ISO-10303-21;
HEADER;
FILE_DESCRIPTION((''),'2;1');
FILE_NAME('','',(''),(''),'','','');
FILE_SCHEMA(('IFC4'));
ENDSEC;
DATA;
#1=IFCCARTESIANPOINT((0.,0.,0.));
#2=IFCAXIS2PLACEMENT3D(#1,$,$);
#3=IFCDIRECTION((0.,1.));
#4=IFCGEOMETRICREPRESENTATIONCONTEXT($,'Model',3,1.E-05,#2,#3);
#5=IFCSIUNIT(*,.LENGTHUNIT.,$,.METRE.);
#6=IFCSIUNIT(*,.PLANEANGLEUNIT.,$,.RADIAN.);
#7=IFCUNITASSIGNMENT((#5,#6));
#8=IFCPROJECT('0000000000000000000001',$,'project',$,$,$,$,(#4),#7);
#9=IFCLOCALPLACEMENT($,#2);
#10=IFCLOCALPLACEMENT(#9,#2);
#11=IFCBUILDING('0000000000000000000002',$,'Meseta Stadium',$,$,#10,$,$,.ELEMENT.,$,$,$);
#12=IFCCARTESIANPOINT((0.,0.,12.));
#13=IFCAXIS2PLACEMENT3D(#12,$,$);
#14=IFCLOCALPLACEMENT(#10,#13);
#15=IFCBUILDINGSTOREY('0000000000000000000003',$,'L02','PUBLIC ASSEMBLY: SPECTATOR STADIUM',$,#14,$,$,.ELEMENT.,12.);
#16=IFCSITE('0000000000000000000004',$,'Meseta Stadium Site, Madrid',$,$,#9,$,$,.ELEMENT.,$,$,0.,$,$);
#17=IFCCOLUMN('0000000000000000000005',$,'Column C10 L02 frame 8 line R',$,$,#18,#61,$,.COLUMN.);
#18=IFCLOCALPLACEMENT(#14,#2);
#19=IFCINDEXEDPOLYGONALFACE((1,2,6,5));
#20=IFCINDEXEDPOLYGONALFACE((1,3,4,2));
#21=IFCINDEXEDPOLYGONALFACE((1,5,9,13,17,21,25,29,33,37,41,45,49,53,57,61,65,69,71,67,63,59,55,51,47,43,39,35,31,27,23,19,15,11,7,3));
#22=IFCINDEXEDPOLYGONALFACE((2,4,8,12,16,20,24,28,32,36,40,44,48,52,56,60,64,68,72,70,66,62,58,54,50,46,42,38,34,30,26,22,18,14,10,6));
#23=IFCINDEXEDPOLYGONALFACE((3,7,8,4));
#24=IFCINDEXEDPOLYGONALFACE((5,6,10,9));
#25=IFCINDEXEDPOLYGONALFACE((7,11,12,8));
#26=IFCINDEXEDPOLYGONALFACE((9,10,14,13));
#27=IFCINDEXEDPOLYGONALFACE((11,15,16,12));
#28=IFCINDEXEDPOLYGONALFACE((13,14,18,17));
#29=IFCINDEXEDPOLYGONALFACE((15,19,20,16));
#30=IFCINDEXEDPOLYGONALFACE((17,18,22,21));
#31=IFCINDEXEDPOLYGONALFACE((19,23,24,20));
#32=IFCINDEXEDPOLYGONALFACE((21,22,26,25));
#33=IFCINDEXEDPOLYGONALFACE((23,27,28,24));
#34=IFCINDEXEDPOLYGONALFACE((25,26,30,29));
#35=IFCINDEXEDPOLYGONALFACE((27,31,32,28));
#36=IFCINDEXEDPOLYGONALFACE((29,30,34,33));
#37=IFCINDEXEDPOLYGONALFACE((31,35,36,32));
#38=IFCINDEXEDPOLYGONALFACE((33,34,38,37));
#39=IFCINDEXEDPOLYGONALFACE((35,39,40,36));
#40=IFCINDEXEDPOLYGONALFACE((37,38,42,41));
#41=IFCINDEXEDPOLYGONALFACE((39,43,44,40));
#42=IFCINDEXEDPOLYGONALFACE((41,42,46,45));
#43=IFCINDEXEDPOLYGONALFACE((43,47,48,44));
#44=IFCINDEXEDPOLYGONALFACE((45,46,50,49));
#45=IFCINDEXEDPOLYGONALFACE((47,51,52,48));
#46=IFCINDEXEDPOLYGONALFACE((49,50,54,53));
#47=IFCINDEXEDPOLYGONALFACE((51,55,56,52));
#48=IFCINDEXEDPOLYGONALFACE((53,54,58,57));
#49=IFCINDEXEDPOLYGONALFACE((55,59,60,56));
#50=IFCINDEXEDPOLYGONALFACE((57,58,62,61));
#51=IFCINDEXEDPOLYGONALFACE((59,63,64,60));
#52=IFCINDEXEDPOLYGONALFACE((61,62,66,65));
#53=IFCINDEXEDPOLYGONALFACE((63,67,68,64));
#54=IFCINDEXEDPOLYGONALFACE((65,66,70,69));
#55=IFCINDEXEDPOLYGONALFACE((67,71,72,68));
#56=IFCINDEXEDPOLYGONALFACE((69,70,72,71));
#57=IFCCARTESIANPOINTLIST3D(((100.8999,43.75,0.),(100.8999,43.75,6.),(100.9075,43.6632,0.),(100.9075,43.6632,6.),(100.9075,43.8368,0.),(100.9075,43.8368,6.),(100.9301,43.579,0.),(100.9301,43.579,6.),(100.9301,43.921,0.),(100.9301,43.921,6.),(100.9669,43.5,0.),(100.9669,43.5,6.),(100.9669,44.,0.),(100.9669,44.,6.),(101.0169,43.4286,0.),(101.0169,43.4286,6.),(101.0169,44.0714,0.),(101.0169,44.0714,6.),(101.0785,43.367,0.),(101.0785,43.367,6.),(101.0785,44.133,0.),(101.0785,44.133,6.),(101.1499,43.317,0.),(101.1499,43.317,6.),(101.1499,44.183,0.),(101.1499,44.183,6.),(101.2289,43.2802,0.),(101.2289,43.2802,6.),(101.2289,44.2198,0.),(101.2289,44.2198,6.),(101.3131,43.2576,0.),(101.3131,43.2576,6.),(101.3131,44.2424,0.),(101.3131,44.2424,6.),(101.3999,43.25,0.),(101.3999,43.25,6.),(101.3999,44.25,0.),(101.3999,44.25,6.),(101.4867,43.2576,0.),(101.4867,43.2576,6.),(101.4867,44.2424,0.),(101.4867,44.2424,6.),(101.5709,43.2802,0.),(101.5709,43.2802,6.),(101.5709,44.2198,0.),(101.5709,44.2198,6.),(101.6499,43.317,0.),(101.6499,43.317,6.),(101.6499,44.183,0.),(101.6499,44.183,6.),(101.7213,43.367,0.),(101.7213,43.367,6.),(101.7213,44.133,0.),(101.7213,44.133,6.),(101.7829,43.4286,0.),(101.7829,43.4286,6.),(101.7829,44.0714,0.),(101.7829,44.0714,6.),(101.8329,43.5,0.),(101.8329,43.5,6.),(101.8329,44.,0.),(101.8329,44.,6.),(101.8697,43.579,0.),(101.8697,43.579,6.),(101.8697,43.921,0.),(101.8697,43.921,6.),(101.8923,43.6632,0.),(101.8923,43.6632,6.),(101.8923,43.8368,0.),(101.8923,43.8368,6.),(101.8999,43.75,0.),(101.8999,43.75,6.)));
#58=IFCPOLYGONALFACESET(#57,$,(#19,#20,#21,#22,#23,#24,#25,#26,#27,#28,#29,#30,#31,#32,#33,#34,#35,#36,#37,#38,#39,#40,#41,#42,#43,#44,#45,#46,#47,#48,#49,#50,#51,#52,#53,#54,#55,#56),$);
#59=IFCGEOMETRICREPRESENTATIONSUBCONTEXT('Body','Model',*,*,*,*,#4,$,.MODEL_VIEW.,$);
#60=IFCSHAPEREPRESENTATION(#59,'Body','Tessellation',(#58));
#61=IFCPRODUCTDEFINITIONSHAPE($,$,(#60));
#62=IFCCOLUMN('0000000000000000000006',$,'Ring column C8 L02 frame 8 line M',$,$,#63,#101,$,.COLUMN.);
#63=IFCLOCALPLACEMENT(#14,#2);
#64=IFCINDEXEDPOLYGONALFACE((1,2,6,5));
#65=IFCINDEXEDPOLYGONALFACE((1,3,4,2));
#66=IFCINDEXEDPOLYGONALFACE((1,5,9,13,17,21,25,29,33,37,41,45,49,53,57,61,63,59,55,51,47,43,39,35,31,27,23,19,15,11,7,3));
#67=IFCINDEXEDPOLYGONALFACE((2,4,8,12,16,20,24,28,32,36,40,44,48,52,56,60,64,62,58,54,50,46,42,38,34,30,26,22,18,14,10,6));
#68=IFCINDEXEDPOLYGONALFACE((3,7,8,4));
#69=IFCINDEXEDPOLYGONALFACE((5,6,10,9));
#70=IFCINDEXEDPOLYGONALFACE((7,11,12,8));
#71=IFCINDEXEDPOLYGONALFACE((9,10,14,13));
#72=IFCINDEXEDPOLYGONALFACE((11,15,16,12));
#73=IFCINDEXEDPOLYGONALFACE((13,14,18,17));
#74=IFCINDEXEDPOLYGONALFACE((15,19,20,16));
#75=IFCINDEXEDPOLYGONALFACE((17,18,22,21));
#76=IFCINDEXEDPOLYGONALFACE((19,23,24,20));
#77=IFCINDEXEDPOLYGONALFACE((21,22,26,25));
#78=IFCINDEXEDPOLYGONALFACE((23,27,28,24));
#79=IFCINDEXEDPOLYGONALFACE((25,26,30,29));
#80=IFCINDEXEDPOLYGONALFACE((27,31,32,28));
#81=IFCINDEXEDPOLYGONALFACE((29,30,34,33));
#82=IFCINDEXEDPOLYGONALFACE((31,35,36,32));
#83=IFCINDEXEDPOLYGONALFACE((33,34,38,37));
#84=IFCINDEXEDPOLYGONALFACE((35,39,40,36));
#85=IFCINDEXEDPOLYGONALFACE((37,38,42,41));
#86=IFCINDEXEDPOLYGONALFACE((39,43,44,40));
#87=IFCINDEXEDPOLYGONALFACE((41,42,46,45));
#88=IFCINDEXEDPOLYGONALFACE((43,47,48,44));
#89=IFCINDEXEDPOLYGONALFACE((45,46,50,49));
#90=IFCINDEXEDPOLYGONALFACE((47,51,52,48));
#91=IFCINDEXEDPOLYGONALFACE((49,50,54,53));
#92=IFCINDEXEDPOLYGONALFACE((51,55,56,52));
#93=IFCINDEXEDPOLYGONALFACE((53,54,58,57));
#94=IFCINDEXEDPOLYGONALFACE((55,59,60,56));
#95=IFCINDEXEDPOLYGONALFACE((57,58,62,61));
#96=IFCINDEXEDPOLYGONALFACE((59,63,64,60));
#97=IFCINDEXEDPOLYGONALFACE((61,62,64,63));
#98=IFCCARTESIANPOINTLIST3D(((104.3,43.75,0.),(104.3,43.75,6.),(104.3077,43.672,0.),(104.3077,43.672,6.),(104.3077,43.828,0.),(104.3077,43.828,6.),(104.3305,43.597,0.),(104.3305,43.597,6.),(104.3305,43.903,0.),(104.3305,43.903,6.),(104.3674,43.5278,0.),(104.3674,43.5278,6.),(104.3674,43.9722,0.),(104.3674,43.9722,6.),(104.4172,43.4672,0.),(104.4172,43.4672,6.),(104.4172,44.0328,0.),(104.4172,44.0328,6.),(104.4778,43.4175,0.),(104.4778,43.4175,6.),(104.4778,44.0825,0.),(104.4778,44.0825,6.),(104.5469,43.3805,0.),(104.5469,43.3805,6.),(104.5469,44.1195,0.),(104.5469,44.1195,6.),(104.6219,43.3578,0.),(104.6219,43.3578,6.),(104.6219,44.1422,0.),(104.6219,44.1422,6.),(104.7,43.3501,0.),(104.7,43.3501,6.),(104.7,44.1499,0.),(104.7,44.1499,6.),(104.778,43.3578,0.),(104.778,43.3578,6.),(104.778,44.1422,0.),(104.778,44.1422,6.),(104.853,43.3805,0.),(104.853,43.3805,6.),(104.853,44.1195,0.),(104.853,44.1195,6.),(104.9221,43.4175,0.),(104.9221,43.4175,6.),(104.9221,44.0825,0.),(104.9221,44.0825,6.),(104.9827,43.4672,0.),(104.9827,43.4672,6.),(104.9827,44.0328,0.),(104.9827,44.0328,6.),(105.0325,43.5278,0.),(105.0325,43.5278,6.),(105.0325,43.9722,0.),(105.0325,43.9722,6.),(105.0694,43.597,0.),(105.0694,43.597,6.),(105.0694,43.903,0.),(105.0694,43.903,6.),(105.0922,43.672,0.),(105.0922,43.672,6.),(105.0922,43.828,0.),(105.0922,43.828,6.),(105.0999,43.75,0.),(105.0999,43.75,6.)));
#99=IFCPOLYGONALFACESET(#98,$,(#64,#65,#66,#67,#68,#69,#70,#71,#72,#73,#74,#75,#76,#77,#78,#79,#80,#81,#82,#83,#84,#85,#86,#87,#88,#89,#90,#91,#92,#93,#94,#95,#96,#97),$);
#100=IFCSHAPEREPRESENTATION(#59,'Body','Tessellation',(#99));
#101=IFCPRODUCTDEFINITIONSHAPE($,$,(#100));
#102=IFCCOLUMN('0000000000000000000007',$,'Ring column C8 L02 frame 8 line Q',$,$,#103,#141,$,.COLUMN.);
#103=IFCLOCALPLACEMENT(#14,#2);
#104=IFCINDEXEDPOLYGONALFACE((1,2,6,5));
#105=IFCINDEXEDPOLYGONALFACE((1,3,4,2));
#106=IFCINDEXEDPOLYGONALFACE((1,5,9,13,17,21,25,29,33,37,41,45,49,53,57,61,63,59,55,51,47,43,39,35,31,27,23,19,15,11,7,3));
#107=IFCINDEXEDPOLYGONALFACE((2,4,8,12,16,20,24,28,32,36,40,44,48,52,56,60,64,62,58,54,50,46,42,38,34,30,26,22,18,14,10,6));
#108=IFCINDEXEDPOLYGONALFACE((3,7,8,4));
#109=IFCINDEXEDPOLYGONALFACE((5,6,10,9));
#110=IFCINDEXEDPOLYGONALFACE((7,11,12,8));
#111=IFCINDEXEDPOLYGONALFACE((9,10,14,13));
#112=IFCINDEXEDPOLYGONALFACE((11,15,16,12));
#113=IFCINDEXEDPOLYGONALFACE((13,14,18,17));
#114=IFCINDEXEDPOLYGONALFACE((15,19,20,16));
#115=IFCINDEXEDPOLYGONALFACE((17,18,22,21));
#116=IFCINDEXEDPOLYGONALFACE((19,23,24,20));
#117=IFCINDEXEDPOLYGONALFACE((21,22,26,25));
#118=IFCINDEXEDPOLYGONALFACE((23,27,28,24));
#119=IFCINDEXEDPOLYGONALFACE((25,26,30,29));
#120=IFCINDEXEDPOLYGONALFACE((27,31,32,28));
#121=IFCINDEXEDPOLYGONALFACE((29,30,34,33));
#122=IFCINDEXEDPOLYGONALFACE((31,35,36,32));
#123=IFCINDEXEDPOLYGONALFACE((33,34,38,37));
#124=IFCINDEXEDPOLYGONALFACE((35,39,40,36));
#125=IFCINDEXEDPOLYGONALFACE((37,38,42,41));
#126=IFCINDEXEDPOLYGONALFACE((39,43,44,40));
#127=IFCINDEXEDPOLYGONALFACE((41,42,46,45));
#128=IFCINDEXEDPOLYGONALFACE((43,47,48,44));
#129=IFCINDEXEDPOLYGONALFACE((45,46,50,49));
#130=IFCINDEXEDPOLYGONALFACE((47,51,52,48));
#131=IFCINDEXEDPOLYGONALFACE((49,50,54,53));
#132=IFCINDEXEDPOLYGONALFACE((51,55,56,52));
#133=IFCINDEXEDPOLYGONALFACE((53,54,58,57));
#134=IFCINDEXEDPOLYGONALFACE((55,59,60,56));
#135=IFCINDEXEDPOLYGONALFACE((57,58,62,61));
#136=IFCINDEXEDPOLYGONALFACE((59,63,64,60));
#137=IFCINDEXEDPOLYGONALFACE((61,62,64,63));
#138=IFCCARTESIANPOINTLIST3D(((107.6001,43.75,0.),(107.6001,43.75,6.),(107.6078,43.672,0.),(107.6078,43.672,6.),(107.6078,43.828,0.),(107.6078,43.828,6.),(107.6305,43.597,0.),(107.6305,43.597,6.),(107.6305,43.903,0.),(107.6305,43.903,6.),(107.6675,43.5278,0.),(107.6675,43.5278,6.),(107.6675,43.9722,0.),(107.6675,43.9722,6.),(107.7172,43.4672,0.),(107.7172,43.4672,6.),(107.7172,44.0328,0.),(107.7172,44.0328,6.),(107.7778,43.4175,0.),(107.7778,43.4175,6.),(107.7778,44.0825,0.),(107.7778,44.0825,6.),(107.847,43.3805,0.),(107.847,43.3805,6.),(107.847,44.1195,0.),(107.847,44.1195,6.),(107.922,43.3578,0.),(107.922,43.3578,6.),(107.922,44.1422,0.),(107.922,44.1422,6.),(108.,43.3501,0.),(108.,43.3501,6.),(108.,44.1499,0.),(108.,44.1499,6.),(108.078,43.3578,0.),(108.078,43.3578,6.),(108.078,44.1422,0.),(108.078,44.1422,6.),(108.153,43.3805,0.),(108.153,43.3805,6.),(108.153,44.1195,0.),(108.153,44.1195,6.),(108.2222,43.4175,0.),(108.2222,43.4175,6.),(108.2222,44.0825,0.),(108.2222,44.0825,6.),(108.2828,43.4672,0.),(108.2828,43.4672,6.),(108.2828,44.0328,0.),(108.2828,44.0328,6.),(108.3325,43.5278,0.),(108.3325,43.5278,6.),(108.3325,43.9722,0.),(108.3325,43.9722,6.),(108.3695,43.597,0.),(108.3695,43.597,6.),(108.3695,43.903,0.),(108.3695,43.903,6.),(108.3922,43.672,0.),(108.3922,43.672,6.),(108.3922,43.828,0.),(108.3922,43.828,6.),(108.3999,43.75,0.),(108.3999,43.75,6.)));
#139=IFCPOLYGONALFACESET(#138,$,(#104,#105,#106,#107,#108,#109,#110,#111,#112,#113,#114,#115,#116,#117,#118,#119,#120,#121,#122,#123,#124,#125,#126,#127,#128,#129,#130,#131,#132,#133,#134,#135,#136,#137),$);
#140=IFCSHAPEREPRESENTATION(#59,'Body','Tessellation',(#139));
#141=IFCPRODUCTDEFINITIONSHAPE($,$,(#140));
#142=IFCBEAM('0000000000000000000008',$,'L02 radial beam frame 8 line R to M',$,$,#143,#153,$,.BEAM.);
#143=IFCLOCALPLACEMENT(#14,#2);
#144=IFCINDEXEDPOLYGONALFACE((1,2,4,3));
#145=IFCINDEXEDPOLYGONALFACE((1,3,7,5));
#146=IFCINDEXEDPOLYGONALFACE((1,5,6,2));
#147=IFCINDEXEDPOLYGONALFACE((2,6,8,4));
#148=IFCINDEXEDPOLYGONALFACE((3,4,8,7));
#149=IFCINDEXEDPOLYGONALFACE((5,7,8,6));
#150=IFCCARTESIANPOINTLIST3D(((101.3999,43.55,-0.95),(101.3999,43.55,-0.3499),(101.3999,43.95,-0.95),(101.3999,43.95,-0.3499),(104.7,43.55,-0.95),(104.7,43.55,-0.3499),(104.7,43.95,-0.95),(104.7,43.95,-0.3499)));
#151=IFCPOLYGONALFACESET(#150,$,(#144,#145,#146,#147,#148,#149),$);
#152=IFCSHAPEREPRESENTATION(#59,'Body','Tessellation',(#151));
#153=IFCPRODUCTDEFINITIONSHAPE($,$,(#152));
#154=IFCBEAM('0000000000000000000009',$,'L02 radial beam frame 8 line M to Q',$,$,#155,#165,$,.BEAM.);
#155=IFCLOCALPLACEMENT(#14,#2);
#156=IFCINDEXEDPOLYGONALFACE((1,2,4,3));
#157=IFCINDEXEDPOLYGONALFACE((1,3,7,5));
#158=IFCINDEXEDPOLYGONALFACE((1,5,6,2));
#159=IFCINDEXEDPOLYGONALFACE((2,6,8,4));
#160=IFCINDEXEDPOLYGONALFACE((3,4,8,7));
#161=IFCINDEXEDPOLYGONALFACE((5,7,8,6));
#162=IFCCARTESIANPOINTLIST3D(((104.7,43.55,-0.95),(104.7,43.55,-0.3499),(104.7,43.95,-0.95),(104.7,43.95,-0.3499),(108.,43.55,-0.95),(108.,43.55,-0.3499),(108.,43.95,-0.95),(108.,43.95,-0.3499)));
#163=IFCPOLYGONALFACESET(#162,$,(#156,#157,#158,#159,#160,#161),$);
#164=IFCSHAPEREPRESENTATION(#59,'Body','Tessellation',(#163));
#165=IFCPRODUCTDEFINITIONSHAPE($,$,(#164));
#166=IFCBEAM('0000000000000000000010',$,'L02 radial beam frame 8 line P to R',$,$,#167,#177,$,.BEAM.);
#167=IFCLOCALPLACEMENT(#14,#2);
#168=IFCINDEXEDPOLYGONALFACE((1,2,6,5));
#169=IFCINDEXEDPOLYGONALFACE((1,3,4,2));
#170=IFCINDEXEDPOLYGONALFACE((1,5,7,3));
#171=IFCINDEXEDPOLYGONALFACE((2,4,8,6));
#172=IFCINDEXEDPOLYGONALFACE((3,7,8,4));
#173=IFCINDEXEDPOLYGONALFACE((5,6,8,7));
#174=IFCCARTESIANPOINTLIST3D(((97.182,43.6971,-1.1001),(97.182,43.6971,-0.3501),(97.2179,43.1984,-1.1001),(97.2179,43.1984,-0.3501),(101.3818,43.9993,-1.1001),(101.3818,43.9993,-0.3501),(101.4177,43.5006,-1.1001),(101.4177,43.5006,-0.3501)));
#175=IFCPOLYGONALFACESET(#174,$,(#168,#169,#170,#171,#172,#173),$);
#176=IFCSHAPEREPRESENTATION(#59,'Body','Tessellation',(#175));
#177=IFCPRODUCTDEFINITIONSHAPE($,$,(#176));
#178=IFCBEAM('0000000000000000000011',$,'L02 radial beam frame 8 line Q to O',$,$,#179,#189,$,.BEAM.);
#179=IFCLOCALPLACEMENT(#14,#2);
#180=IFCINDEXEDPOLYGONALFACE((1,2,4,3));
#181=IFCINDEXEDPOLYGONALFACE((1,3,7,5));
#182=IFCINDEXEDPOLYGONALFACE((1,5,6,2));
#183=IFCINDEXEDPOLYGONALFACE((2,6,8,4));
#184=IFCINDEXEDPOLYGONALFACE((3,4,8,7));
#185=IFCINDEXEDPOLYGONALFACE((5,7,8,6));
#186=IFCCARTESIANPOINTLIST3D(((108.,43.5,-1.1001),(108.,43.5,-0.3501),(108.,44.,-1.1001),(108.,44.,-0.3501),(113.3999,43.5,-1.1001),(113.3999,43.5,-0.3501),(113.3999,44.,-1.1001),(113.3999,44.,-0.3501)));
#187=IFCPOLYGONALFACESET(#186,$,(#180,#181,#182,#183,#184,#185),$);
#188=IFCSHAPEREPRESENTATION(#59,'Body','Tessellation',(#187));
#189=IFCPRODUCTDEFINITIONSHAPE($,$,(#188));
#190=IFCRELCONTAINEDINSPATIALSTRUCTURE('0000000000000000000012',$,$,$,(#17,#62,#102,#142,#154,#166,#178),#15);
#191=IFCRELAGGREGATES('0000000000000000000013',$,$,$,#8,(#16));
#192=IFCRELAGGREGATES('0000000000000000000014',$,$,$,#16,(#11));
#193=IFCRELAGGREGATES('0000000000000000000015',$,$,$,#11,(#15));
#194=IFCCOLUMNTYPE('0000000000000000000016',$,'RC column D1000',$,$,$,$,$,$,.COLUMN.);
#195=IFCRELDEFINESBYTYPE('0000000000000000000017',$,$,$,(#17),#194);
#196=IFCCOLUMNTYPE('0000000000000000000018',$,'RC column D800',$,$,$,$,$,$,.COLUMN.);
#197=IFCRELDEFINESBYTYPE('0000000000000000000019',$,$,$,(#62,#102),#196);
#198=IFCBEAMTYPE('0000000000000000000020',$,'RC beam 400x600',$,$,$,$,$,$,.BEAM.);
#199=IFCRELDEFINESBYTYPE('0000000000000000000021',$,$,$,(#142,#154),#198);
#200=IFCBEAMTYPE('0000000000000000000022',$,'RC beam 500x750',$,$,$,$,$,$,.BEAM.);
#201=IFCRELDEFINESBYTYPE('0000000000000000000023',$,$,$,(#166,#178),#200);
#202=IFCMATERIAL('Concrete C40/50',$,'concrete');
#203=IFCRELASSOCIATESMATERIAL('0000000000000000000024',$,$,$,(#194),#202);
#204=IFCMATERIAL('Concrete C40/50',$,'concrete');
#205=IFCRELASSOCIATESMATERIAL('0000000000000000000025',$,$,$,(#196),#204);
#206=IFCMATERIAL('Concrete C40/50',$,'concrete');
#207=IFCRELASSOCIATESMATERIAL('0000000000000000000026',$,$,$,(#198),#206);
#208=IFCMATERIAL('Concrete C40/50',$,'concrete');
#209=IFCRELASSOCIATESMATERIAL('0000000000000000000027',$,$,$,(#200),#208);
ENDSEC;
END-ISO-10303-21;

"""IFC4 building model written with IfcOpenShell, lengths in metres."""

from ifc_helpers import new_model, si_unit, direction, frame, origin, origin_2d, place, context, subcontext, project, spatial, rectangle, circle, extrude, material, material_profile, profile_set, type_object, element, save


model = new_model("IFC4")

# Units and contexts
model_context = context("Model", 3, precision=1e-05, world=origin(), true_north=direction((0.0, 1.0)))
body_context = subcontext(model_context, "Body", "Model", "MODEL_VIEW")
ifc_project = project(units=[si_unit("LENGTHUNIT", "METRE"), si_unit("PLANEANGLEUNIT", "RADIAN")], contexts=[model_context])

# Site, building, storey
site_placement = place(None, origin())
site = spatial("IfcSite", under=ifc_project, at=site_placement, Name="Meseta Stadium Site, Madrid", CompositionType="ELEMENT", RefElevation=0.0)
building_placement = place(site_placement, origin())
building = spatial("IfcBuilding", under=site, at=building_placement, Name="Meseta Stadium", CompositionType="ELEMENT")
storey_placement = place(building_placement, frame((0.0, 0.0, 12.0)))
storey = spatial("IfcBuildingStorey", under=building, at=storey_placement, Name="L02", Description="PUBLIC ASSEMBLY: SPECTATOR STADIUM", CompositionType="ELEMENT", Elevation=12.0)

# Columns
ifc_material_1 = material(Name="Concrete C40/50", Category="concrete")
ifc_material_profile_1 = material_profile(ifc_material_1, circle(Radius=0.5, at=origin_2d()), Name="RC D1000")
ifc_profile_set_1 = profile_set([ifc_material_profile_1], Name="Concrete C40/50")
column_type_1 = type_object("IfcColumnType", Name="RC column D1000", PredefinedType="COLUMN", material=ifc_profile_set_1)
column_placement = place(storey_placement, frame((101.3999, 43.75, 0.0), z_axis=(0.0, 0.0, 1.0), x_axis=(1.0, 0.0, 0.0)))
element("IfcColumn", 1, at=column_placement, inside=storey, type_object=column_type_1, Name="Column C10 L02 frame 8 line R", PredefinedType="COLUMN", context=body_context, shape_type="SweptSolid", body=[
    extrude(circle(Radius=0.5, at=origin_2d()), origin(), (0.0, 0.0, 1.0), 6.0),
])
ifc_material_2 = material(Name="Concrete C40/50", Category="concrete")
ifc_material_profile_2 = material_profile(ifc_material_2, circle(Radius=0.3999, at=origin_2d()), Name="RC D800")
ifc_profile_set_2 = profile_set([ifc_material_profile_2], Name="Concrete C40/50")
column_type_2 = type_object("IfcColumnType", Name="RC column D800", PredefinedType="COLUMN", material=ifc_profile_set_2)
for number, where, z_axis, x_axis, name in (
    (2, (104.7, 43.75, 0.0), (0.0, 0.0, 1.0), (1.0, 0.0, 0.0), "Ring column C8 L02 frame 8 line M"),
    (3, (108.0, 43.75, 0.0), (0.0, 0.0, 1.0), (1.0, 0.0, 0.0), "Ring column C8 L02 frame 8 line Q"),
):
    element("IfcColumn", number, at=place(storey_placement, frame(where, z_axis=z_axis, x_axis=x_axis)), inside=storey, type_object=column_type_2, Name=name, PredefinedType="COLUMN", context=body_context, shape_type="SweptSolid", body=[
        extrude(circle(Radius=0.3999, at=origin_2d()), origin(), (0.0, 0.0, 1.0), 6.0),
    ])

# Beams
ifc_material_3 = material(Name="Concrete C40/50", Category="concrete")
ifc_material_profile_3 = material_profile(ifc_material_3, rectangle(XDim=0.3999, YDim=0.6001, at=origin_2d()), Name="RC 400x600")
ifc_profile_set_3 = profile_set([ifc_material_profile_3], Name="Concrete C40/50")
beam_type_1 = type_object("IfcBeamType", Name="RC beam 400x600", PredefinedType="BEAM", material=ifc_profile_set_3)
for number, where, z_axis, x_axis, name in (
    (4, (101.3999, 43.75, -0.6499), (1.0, 0.0, 0.0), (0.0, 1.0, 0.0), "L02 radial beam frame 8 line R to M"),
    (5, (104.7, 43.75, -0.6499), (1.0, 0.0, 0.0), (0.0, 1.0, 0.0), "L02 radial beam frame 8 line M to Q"),
):
    element("IfcBeam", number, at=place(storey_placement, frame(where, z_axis=z_axis, x_axis=x_axis)), inside=storey, type_object=beam_type_1, Name=name, PredefinedType="BEAM", context=body_context, shape_type="SweptSolid", body=[
        extrude(rectangle(XDim=0.3999, YDim=0.6001, at=origin_2d()), origin(), (0.0, 0.0, 1.0), 3.3),
    ])
ifc_material_4 = material(Name="Concrete C40/50", Category="concrete")
ifc_material_profile_4 = material_profile(ifc_material_4, rectangle(XDim=0.5, YDim=0.75, at=origin_2d()), Name="RC 500x750")
ifc_profile_set_4 = profile_set([ifc_material_profile_4], Name="Concrete C40/50")
beam_type_2 = type_object("IfcBeamType", Name="RC beam 500x750", PredefinedType="BEAM", material=ifc_profile_set_4)
beam_1_placement = place(storey_placement, frame((97.2, 43.4478, -0.7251), z_axis=(0.997421, 0.071779, 0.0), x_axis=(-0.071779, 0.997421, 0.0)))
element("IfcBeam", 6, at=beam_1_placement, inside=storey, type_object=beam_type_2, Name="L02 radial beam frame 8 line P to R", PredefinedType="BEAM", context=body_context, shape_type="SweptSolid", body=[
    extrude(rectangle(XDim=0.5, YDim=0.75, at=origin_2d()), origin(), (0.0, 0.0, 1.0), 4.2107),
])
beam_2_placement = place(storey_placement, frame((108.0, 43.75, -0.7251), z_axis=(1.0, 0.0, 0.0), x_axis=(0.0, 1.0, 0.0)))
element("IfcBeam", 7, at=beam_2_placement, inside=storey, type_object=beam_type_2, Name="L02 radial beam frame 8 line Q to O", PredefinedType="BEAM", context=body_context, shape_type="SweptSolid", body=[
    extrude(rectangle(XDim=0.5, YDim=0.75, at=origin_2d()), origin(), (0.0, 0.0, 1.0), 5.3999),
])

save(model, "model.ifc")
